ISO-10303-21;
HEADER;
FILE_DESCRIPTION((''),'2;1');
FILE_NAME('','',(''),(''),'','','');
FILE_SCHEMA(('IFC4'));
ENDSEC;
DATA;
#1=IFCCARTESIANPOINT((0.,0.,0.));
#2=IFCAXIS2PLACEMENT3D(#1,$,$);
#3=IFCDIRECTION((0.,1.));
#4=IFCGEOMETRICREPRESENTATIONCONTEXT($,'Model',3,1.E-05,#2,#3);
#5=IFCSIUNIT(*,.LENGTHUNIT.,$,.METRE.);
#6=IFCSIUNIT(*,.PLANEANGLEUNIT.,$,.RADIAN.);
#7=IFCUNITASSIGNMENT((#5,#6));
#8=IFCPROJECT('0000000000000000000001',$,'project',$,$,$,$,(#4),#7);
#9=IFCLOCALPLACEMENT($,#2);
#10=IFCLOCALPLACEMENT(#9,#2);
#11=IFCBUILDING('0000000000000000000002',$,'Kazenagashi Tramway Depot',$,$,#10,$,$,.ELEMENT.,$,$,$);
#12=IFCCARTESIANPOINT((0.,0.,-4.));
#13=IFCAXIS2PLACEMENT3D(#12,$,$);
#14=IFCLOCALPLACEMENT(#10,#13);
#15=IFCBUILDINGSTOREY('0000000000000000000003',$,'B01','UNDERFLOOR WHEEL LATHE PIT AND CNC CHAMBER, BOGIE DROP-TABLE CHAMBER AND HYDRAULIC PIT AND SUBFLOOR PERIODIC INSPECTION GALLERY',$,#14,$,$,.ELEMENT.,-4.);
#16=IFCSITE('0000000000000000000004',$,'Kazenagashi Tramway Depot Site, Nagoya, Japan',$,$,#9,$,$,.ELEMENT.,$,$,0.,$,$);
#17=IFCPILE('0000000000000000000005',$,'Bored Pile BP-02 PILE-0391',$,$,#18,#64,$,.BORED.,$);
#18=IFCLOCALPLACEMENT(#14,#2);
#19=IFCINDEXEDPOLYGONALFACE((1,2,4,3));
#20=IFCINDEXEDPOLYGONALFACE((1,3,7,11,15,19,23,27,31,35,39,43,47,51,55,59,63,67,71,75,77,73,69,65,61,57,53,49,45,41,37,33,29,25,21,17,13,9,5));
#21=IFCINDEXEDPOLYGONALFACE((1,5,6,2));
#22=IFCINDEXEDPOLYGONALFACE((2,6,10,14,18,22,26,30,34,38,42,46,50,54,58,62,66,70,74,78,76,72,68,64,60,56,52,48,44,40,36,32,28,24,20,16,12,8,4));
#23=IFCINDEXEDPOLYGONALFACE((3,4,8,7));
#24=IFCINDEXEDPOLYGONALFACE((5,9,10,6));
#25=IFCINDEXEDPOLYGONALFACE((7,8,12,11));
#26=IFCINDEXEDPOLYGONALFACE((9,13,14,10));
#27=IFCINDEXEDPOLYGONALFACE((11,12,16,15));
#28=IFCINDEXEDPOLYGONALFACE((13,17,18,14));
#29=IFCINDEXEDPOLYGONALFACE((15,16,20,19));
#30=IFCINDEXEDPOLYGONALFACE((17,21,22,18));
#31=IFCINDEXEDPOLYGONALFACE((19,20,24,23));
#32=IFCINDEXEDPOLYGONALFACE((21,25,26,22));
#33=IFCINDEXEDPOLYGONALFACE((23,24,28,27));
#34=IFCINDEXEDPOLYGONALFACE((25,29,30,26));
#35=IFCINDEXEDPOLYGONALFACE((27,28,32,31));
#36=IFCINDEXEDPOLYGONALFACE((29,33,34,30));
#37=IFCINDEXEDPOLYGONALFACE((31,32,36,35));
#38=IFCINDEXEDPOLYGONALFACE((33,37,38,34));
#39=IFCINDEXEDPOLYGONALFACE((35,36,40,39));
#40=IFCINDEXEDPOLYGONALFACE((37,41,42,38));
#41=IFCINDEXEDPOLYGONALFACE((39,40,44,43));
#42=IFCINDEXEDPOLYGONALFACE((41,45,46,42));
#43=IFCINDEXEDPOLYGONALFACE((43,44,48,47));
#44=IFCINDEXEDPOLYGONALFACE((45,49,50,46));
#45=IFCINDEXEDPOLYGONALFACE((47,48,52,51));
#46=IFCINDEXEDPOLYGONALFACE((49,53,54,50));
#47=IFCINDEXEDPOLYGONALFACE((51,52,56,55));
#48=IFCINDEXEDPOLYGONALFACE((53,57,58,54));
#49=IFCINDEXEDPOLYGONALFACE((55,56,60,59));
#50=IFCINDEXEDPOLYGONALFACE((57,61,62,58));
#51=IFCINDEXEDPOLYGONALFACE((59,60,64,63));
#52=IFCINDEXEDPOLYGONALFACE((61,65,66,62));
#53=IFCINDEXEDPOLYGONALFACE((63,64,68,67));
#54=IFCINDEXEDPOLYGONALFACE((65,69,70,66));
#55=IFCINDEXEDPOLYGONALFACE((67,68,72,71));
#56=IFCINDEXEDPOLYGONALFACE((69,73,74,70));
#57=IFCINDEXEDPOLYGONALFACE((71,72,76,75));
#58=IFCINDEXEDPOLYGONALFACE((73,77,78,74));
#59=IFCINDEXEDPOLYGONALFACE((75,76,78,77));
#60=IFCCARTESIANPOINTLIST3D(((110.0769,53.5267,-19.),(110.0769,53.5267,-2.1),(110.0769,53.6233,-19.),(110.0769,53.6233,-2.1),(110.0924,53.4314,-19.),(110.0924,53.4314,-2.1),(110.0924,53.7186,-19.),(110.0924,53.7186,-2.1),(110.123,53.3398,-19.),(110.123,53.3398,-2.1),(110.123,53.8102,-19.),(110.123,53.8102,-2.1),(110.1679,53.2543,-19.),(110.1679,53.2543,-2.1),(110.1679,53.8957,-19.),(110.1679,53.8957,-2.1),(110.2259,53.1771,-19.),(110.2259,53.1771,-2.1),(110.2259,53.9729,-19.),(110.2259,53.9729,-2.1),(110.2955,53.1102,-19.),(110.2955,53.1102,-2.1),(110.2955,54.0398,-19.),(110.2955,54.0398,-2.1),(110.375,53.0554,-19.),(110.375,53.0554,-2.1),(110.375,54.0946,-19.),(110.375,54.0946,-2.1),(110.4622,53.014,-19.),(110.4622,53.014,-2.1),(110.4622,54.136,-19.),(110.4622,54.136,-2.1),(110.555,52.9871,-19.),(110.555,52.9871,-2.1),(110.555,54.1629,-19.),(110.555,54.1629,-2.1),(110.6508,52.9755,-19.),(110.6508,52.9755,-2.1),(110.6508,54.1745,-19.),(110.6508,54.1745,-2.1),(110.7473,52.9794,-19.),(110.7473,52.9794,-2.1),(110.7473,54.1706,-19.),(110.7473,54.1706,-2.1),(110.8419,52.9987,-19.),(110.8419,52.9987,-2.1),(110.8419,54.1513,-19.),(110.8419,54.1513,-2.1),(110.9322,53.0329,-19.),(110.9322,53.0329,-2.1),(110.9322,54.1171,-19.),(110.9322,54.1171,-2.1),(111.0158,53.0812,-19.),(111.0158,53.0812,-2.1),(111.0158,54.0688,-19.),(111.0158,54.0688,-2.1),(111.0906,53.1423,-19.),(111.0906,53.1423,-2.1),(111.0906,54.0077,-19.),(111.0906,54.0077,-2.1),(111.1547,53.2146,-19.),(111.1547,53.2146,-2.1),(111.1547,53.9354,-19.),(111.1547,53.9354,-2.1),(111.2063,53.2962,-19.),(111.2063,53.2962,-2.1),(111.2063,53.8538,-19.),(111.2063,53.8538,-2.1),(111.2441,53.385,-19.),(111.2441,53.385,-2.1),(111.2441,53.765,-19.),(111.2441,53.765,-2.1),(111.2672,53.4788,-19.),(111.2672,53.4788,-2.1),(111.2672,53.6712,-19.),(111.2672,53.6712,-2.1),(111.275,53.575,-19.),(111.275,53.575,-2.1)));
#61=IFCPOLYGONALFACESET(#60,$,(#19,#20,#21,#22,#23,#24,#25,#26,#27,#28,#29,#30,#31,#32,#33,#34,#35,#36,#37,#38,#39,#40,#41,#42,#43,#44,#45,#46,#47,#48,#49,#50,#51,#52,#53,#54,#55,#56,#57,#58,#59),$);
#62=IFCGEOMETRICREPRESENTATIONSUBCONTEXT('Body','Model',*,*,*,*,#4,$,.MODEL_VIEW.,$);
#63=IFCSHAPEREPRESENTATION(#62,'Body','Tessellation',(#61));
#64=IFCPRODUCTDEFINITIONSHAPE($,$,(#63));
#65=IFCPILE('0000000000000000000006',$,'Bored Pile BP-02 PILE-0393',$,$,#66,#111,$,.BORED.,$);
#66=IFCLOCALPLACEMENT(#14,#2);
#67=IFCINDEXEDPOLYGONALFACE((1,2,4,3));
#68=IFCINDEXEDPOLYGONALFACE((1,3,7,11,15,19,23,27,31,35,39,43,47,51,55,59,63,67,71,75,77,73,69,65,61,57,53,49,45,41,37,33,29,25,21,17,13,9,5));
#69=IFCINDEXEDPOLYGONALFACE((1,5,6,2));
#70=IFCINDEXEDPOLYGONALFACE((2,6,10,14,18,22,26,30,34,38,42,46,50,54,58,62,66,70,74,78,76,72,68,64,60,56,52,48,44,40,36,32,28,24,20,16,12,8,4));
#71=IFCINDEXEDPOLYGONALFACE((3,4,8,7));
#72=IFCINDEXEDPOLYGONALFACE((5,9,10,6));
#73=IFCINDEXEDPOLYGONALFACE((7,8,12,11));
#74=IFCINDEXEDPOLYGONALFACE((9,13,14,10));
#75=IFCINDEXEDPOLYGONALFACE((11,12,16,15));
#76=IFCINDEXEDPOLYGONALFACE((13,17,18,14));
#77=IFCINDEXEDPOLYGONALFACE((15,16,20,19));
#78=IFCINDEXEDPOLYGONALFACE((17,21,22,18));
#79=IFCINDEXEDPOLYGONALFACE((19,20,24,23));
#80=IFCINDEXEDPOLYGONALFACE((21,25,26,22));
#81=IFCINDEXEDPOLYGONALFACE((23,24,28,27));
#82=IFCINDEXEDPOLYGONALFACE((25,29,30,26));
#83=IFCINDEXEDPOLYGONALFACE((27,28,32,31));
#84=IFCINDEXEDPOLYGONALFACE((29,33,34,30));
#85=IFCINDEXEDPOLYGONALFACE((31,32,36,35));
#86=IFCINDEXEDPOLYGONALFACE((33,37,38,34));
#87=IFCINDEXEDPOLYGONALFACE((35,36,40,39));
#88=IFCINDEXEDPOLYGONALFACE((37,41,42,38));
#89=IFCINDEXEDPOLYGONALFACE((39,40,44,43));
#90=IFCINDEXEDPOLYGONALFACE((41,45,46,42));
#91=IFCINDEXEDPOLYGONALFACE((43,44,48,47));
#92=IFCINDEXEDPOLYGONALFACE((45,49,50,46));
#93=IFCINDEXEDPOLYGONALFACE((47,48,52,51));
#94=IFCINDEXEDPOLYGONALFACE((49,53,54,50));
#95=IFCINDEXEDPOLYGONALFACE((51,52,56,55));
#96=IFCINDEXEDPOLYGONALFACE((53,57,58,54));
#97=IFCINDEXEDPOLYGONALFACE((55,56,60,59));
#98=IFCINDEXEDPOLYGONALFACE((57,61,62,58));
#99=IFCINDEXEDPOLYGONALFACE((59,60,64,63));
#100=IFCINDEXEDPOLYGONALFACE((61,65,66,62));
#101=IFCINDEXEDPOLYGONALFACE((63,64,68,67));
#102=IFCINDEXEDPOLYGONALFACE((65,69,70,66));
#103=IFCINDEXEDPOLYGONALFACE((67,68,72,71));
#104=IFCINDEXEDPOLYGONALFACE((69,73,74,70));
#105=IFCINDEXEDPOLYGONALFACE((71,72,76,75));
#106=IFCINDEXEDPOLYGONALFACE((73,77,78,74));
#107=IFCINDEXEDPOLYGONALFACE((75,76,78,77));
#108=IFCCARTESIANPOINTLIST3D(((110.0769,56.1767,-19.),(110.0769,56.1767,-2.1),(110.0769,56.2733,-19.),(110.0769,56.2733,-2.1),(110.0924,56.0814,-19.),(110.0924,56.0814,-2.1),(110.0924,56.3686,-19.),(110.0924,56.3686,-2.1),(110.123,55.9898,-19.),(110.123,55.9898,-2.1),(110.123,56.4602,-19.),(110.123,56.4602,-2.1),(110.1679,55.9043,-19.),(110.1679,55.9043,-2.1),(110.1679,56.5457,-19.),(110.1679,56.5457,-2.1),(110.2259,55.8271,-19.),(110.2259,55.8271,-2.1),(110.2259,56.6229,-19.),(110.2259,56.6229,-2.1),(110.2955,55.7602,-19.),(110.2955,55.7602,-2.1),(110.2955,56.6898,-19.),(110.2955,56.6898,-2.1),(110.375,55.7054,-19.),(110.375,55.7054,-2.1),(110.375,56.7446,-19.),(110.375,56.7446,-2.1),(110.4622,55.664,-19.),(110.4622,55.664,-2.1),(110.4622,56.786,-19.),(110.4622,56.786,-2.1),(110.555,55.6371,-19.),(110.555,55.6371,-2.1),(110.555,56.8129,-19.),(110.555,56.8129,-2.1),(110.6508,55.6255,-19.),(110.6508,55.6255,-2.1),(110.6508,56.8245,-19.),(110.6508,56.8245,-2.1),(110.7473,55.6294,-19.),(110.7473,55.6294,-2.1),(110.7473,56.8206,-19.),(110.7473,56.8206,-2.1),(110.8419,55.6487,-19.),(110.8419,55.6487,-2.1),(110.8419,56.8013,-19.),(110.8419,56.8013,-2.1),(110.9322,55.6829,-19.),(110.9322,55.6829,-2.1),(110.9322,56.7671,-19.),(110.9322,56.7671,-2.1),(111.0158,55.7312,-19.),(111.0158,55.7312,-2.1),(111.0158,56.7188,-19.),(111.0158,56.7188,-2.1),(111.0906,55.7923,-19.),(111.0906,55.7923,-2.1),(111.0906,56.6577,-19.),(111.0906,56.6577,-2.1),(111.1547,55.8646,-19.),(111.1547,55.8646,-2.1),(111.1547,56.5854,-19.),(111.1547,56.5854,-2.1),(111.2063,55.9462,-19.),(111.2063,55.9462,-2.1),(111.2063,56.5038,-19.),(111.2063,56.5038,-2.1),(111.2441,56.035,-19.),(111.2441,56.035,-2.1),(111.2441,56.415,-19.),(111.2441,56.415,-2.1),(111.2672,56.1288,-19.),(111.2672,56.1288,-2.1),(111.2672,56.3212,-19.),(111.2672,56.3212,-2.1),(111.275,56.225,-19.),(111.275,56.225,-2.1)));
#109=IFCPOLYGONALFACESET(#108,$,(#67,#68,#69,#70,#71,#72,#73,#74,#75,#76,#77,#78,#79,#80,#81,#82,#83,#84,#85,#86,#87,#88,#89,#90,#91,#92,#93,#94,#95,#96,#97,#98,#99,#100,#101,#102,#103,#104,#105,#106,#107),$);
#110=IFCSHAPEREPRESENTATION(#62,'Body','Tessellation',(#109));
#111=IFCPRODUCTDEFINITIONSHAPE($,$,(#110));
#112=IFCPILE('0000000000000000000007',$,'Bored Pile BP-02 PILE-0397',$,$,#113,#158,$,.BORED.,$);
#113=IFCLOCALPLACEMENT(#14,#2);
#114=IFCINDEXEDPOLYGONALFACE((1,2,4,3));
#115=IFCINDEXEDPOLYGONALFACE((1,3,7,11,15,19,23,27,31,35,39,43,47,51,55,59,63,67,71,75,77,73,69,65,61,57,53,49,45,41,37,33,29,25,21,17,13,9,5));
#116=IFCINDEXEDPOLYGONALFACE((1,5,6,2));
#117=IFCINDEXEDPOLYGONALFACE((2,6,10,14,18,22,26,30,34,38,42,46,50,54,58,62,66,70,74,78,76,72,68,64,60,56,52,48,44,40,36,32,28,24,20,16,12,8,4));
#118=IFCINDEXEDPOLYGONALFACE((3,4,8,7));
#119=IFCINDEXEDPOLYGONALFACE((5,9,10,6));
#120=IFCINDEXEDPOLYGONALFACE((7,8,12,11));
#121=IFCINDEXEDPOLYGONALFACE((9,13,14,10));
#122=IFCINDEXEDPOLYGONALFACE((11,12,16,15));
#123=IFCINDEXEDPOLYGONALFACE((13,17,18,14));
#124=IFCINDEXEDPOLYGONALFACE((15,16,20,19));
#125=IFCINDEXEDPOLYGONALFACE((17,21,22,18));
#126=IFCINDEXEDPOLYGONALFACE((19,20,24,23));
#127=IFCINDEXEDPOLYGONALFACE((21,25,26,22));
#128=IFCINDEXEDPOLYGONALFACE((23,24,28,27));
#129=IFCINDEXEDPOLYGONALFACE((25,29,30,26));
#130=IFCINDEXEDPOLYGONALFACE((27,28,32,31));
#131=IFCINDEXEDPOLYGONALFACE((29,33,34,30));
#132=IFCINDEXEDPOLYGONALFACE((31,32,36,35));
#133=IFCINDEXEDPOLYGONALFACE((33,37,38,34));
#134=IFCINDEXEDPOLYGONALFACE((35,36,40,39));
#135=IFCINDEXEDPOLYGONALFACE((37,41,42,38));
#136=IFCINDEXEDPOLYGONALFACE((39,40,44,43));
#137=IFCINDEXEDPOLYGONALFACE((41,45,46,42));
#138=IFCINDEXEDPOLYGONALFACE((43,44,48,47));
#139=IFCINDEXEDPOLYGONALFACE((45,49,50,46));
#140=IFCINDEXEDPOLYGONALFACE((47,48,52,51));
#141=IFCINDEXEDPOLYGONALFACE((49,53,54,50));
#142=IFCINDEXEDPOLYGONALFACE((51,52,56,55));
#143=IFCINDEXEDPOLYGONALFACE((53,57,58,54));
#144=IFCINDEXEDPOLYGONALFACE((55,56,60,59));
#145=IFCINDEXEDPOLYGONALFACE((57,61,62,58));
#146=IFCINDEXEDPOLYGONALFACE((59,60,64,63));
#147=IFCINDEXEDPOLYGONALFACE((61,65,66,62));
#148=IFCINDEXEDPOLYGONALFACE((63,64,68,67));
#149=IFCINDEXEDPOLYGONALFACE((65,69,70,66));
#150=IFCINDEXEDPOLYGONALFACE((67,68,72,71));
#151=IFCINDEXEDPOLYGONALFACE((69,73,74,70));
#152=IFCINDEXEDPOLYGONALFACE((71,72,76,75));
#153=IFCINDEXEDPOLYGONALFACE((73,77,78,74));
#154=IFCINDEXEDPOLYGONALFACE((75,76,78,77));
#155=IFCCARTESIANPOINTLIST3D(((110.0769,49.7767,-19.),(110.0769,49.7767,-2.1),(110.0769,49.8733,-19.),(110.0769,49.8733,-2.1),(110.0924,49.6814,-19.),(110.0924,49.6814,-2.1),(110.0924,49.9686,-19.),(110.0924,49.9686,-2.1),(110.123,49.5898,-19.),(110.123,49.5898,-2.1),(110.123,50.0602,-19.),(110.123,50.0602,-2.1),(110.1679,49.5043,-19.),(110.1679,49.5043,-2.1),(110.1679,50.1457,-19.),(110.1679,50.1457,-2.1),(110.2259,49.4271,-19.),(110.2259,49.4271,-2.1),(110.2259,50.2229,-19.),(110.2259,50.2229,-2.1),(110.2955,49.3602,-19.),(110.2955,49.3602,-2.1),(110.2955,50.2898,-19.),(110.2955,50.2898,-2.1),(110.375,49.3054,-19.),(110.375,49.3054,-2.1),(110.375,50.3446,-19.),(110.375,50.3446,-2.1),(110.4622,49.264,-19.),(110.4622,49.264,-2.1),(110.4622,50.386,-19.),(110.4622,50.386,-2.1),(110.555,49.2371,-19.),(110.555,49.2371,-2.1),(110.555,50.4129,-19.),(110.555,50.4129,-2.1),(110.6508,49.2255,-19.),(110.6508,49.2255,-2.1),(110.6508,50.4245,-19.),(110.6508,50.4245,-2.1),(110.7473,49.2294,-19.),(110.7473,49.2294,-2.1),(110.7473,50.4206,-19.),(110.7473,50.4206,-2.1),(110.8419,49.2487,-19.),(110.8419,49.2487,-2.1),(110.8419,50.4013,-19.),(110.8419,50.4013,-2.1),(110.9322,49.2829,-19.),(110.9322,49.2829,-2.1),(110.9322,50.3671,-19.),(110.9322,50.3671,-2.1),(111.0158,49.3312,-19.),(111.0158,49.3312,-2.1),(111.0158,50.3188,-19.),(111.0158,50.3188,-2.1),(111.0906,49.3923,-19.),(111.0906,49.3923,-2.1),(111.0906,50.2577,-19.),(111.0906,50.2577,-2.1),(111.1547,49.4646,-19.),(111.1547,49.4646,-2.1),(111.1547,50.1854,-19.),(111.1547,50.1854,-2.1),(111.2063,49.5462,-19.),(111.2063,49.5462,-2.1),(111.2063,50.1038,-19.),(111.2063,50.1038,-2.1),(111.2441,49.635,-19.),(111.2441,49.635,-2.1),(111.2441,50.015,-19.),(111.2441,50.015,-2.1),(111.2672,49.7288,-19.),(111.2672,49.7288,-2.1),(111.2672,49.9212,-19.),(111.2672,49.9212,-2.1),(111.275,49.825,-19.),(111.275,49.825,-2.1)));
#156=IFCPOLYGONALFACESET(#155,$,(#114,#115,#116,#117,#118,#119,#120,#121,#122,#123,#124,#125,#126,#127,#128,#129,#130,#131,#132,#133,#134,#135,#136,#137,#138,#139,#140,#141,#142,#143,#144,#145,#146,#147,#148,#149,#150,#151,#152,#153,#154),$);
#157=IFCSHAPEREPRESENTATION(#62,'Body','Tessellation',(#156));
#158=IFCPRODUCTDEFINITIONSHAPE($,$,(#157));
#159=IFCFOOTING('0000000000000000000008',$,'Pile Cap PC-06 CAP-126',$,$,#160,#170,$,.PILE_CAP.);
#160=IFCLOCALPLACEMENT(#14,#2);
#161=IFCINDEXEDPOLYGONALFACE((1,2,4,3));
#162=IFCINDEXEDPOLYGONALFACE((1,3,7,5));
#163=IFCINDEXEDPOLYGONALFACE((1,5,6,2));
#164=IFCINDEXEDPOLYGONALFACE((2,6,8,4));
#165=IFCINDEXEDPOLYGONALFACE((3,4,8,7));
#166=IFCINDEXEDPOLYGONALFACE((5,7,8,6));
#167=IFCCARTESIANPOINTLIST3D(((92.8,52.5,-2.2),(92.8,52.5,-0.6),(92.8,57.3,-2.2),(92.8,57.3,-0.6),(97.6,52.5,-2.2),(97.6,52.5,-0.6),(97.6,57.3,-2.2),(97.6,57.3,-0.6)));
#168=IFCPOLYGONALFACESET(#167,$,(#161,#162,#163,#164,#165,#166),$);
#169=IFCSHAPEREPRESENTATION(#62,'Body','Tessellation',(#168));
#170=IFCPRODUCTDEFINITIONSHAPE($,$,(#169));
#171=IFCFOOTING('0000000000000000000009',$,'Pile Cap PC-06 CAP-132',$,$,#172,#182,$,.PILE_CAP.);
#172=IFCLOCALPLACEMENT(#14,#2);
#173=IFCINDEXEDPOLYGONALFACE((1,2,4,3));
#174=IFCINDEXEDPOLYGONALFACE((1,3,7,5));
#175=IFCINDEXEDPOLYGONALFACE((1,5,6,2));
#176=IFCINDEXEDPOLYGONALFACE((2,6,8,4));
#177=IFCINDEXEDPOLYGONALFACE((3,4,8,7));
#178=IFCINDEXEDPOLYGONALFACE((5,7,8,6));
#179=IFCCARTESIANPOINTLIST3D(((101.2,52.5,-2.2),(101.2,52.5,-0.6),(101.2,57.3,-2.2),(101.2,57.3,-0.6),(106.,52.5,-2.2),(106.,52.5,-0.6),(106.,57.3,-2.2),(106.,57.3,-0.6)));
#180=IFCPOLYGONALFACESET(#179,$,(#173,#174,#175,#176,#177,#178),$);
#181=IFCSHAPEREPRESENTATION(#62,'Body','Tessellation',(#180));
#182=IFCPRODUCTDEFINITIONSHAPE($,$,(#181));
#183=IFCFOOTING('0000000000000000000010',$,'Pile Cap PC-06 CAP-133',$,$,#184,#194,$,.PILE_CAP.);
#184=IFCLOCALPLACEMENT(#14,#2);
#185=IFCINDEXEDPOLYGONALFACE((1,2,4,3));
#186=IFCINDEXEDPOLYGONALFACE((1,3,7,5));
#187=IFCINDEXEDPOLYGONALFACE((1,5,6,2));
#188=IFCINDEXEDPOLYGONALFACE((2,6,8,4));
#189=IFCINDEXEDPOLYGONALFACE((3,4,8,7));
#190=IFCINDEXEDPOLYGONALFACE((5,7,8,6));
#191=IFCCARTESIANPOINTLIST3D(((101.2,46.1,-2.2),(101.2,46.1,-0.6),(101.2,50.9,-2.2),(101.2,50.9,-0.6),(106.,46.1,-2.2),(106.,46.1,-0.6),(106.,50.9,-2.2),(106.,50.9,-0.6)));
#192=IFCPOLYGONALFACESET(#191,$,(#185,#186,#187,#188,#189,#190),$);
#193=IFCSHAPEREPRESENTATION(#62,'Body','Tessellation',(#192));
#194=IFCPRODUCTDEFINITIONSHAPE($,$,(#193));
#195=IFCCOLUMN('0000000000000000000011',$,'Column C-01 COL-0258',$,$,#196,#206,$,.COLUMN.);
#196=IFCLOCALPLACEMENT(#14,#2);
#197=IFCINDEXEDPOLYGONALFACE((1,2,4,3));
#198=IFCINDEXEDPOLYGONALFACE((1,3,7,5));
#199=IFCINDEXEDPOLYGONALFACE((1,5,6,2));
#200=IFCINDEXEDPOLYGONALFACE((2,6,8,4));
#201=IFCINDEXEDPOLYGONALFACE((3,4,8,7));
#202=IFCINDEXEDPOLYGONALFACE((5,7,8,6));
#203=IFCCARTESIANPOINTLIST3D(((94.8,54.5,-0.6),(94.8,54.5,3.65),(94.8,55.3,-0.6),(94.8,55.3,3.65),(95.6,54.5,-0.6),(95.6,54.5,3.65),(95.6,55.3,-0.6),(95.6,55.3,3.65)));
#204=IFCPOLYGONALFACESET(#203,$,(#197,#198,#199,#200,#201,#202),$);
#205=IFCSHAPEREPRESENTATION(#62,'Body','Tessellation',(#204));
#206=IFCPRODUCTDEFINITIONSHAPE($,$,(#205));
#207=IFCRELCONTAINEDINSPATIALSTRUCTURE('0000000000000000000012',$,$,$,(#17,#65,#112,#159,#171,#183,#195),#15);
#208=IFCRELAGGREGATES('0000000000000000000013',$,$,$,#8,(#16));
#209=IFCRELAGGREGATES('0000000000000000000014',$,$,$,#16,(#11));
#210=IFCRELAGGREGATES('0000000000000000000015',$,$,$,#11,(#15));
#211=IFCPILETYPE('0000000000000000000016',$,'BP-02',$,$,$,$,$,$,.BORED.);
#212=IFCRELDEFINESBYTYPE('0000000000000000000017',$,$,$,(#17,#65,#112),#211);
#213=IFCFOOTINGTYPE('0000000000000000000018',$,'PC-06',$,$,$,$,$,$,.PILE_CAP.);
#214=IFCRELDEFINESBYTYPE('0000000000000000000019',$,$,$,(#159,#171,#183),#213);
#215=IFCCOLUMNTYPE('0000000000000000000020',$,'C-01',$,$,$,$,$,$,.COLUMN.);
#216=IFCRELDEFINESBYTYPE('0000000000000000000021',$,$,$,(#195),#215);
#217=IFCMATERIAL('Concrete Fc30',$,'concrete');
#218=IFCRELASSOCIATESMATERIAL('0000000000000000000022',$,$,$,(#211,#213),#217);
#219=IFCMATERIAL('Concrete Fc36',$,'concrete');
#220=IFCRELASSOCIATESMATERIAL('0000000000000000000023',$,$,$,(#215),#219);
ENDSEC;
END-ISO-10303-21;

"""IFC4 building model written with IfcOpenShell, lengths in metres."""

from ifc_helpers import new_model, si_unit, direction, frame, origin, origin_2d, place, context, subcontext, project, spatial, rectangle, circle, extrude, material, material_profile, profile_set, type_object, element, save


model = new_model("IFC4")

# Units and contexts
model_context = context("Model", 3, precision=1e-05, world=origin(), true_north=direction((0.0, 1.0)))
body_context = subcontext(model_context, "Body", "Model", "MODEL_VIEW")
ifc_project = project(units=[si_unit("LENGTHUNIT", "METRE"), si_unit("PLANEANGLEUNIT", "RADIAN")], contexts=[model_context])

# Site, building, storey
site_placement = place(None, origin())
site = spatial("IfcSite", under=ifc_project, at=site_placement, Name="Kazenagashi Tramway Depot Site, Nagoya, Japan", CompositionType="ELEMENT", RefElevation=0.0)
building_placement = place(site_placement, origin())
building = spatial("IfcBuilding", under=site, at=building_placement, Name="Kazenagashi Tramway Depot", CompositionType="ELEMENT")
storey_placement = place(building_placement, frame((0.0, 0.0, -4.0)))
storey = spatial("IfcBuildingStorey", under=building, at=storey_placement, Name="B01", Description="UNDERFLOOR WHEEL LATHE PIT AND CNC CHAMBER, BOGIE DROP-TABLE CHAMBER AND HYDRAULIC PIT AND SUBFLOOR PERIODIC INSPECTION GALLERY", CompositionType="ELEMENT", Elevation=-4.0)

# Piles
ifc_material_1 = material(Name="Concrete Fc30", Category="concrete")
ifc_material_profile_1 = material_profile(ifc_material_1, circle(Radius=0.6, at=origin_2d()), Name="PILE-1200")
ifc_profile_set_1 = profile_set([ifc_material_profile_1], Name="Concrete Fc30")
pile_type = type_object("IfcPileType", Name="BP-02", PredefinedType="BORED", material=ifc_profile_set_1)
for number, where, z_axis, x_axis, name in (
    (1, (110.675, 53.575, -2.1), (0.0, 0.0, -1.0), (1.0, 0.0, 0.0), "Bored Pile BP-02 PILE-0391"),
    (2, (110.675, 56.225, -2.1), (0.0, 0.0, -1.0), (1.0, 0.0, 0.0), "Bored Pile BP-02 PILE-0393"),
    (3, (110.675, 49.825, -2.1), (0.0, 0.0, -1.0), (1.0, 0.0, 0.0), "Bored Pile BP-02 PILE-0397"),
):
    element("IfcPile", number, at=place(storey_placement, frame(where, z_axis=z_axis, x_axis=x_axis)), inside=storey, type_object=pile_type, Name=name, PredefinedType="BORED", context=body_context, shape_type="SweptSolid", body=[
        extrude(circle(Radius=0.6, at=origin_2d()), origin(), (0.0, 0.0, 1.0), 16.9),
    ])

# Footings
footing_type = type_object("IfcFootingType", Name="PC-06", PredefinedType="PILE_CAP", material=ifc_material_1)
for number, where, z_axis, x_axis, name in (
    (4, (95.2, 54.9, -2.2), (0.0, 0.0, 1.0), (1.0, 0.0, 0.0), "Pile Cap PC-06 CAP-126"),
    (5, (103.6, 54.9, -2.2), (0.0, 0.0, 1.0), (1.0, 0.0, 0.0), "Pile Cap PC-06 CAP-132"),
    (6, (103.6, 48.5, -2.2), (0.0, 0.0, 1.0), (1.0, 0.0, 0.0), "Pile Cap PC-06 CAP-133"),
):
    element("IfcFooting", number, at=place(storey_placement, frame(where, z_axis=z_axis, x_axis=x_axis)), inside=storey, type_object=footing_type, Name=name, PredefinedType="PILE_CAP", context=body_context, shape_type="SweptSolid", body=[
        extrude(rectangle(XDim=4.8, YDim=4.8, at=origin_2d()), origin(), (0.0, 0.0, 1.0), 1.6),
    ])

# Column
ifc_material_2 = material(Name="Concrete Fc36", Category="concrete")
ifc_material_profile_2 = material_profile(ifc_material_2, rectangle(XDim=0.8, YDim=0.8, at=origin_2d()), Name="RC-800x800")
ifc_profile_set_2 = profile_set([ifc_material_profile_2], Name="Concrete Fc36")
column_type = type_object("IfcColumnType", Name="C-01", PredefinedType="COLUMN", material=ifc_profile_set_2)
for number, where, z_axis, x_axis, name in (
    (7, (95.2, 54.9, -0.6), (0.0, 0.0, 1.0), (1.0, 0.0, 0.0), "Column C-01 COL-0258"),
):
    element("IfcColumn", number, at=place(storey_placement, frame(where, z_axis=z_axis, x_axis=x_axis)), inside=storey, type_object=column_type, Name=name, PredefinedType="COLUMN", context=body_context, shape_type="SweptSolid", body=[
        extrude(rectangle(XDim=0.8, YDim=0.8, at=origin_2d()), origin(), (0.0, 0.0, 1.0), 4.25),
    ])

save(model, "model.ifc")
